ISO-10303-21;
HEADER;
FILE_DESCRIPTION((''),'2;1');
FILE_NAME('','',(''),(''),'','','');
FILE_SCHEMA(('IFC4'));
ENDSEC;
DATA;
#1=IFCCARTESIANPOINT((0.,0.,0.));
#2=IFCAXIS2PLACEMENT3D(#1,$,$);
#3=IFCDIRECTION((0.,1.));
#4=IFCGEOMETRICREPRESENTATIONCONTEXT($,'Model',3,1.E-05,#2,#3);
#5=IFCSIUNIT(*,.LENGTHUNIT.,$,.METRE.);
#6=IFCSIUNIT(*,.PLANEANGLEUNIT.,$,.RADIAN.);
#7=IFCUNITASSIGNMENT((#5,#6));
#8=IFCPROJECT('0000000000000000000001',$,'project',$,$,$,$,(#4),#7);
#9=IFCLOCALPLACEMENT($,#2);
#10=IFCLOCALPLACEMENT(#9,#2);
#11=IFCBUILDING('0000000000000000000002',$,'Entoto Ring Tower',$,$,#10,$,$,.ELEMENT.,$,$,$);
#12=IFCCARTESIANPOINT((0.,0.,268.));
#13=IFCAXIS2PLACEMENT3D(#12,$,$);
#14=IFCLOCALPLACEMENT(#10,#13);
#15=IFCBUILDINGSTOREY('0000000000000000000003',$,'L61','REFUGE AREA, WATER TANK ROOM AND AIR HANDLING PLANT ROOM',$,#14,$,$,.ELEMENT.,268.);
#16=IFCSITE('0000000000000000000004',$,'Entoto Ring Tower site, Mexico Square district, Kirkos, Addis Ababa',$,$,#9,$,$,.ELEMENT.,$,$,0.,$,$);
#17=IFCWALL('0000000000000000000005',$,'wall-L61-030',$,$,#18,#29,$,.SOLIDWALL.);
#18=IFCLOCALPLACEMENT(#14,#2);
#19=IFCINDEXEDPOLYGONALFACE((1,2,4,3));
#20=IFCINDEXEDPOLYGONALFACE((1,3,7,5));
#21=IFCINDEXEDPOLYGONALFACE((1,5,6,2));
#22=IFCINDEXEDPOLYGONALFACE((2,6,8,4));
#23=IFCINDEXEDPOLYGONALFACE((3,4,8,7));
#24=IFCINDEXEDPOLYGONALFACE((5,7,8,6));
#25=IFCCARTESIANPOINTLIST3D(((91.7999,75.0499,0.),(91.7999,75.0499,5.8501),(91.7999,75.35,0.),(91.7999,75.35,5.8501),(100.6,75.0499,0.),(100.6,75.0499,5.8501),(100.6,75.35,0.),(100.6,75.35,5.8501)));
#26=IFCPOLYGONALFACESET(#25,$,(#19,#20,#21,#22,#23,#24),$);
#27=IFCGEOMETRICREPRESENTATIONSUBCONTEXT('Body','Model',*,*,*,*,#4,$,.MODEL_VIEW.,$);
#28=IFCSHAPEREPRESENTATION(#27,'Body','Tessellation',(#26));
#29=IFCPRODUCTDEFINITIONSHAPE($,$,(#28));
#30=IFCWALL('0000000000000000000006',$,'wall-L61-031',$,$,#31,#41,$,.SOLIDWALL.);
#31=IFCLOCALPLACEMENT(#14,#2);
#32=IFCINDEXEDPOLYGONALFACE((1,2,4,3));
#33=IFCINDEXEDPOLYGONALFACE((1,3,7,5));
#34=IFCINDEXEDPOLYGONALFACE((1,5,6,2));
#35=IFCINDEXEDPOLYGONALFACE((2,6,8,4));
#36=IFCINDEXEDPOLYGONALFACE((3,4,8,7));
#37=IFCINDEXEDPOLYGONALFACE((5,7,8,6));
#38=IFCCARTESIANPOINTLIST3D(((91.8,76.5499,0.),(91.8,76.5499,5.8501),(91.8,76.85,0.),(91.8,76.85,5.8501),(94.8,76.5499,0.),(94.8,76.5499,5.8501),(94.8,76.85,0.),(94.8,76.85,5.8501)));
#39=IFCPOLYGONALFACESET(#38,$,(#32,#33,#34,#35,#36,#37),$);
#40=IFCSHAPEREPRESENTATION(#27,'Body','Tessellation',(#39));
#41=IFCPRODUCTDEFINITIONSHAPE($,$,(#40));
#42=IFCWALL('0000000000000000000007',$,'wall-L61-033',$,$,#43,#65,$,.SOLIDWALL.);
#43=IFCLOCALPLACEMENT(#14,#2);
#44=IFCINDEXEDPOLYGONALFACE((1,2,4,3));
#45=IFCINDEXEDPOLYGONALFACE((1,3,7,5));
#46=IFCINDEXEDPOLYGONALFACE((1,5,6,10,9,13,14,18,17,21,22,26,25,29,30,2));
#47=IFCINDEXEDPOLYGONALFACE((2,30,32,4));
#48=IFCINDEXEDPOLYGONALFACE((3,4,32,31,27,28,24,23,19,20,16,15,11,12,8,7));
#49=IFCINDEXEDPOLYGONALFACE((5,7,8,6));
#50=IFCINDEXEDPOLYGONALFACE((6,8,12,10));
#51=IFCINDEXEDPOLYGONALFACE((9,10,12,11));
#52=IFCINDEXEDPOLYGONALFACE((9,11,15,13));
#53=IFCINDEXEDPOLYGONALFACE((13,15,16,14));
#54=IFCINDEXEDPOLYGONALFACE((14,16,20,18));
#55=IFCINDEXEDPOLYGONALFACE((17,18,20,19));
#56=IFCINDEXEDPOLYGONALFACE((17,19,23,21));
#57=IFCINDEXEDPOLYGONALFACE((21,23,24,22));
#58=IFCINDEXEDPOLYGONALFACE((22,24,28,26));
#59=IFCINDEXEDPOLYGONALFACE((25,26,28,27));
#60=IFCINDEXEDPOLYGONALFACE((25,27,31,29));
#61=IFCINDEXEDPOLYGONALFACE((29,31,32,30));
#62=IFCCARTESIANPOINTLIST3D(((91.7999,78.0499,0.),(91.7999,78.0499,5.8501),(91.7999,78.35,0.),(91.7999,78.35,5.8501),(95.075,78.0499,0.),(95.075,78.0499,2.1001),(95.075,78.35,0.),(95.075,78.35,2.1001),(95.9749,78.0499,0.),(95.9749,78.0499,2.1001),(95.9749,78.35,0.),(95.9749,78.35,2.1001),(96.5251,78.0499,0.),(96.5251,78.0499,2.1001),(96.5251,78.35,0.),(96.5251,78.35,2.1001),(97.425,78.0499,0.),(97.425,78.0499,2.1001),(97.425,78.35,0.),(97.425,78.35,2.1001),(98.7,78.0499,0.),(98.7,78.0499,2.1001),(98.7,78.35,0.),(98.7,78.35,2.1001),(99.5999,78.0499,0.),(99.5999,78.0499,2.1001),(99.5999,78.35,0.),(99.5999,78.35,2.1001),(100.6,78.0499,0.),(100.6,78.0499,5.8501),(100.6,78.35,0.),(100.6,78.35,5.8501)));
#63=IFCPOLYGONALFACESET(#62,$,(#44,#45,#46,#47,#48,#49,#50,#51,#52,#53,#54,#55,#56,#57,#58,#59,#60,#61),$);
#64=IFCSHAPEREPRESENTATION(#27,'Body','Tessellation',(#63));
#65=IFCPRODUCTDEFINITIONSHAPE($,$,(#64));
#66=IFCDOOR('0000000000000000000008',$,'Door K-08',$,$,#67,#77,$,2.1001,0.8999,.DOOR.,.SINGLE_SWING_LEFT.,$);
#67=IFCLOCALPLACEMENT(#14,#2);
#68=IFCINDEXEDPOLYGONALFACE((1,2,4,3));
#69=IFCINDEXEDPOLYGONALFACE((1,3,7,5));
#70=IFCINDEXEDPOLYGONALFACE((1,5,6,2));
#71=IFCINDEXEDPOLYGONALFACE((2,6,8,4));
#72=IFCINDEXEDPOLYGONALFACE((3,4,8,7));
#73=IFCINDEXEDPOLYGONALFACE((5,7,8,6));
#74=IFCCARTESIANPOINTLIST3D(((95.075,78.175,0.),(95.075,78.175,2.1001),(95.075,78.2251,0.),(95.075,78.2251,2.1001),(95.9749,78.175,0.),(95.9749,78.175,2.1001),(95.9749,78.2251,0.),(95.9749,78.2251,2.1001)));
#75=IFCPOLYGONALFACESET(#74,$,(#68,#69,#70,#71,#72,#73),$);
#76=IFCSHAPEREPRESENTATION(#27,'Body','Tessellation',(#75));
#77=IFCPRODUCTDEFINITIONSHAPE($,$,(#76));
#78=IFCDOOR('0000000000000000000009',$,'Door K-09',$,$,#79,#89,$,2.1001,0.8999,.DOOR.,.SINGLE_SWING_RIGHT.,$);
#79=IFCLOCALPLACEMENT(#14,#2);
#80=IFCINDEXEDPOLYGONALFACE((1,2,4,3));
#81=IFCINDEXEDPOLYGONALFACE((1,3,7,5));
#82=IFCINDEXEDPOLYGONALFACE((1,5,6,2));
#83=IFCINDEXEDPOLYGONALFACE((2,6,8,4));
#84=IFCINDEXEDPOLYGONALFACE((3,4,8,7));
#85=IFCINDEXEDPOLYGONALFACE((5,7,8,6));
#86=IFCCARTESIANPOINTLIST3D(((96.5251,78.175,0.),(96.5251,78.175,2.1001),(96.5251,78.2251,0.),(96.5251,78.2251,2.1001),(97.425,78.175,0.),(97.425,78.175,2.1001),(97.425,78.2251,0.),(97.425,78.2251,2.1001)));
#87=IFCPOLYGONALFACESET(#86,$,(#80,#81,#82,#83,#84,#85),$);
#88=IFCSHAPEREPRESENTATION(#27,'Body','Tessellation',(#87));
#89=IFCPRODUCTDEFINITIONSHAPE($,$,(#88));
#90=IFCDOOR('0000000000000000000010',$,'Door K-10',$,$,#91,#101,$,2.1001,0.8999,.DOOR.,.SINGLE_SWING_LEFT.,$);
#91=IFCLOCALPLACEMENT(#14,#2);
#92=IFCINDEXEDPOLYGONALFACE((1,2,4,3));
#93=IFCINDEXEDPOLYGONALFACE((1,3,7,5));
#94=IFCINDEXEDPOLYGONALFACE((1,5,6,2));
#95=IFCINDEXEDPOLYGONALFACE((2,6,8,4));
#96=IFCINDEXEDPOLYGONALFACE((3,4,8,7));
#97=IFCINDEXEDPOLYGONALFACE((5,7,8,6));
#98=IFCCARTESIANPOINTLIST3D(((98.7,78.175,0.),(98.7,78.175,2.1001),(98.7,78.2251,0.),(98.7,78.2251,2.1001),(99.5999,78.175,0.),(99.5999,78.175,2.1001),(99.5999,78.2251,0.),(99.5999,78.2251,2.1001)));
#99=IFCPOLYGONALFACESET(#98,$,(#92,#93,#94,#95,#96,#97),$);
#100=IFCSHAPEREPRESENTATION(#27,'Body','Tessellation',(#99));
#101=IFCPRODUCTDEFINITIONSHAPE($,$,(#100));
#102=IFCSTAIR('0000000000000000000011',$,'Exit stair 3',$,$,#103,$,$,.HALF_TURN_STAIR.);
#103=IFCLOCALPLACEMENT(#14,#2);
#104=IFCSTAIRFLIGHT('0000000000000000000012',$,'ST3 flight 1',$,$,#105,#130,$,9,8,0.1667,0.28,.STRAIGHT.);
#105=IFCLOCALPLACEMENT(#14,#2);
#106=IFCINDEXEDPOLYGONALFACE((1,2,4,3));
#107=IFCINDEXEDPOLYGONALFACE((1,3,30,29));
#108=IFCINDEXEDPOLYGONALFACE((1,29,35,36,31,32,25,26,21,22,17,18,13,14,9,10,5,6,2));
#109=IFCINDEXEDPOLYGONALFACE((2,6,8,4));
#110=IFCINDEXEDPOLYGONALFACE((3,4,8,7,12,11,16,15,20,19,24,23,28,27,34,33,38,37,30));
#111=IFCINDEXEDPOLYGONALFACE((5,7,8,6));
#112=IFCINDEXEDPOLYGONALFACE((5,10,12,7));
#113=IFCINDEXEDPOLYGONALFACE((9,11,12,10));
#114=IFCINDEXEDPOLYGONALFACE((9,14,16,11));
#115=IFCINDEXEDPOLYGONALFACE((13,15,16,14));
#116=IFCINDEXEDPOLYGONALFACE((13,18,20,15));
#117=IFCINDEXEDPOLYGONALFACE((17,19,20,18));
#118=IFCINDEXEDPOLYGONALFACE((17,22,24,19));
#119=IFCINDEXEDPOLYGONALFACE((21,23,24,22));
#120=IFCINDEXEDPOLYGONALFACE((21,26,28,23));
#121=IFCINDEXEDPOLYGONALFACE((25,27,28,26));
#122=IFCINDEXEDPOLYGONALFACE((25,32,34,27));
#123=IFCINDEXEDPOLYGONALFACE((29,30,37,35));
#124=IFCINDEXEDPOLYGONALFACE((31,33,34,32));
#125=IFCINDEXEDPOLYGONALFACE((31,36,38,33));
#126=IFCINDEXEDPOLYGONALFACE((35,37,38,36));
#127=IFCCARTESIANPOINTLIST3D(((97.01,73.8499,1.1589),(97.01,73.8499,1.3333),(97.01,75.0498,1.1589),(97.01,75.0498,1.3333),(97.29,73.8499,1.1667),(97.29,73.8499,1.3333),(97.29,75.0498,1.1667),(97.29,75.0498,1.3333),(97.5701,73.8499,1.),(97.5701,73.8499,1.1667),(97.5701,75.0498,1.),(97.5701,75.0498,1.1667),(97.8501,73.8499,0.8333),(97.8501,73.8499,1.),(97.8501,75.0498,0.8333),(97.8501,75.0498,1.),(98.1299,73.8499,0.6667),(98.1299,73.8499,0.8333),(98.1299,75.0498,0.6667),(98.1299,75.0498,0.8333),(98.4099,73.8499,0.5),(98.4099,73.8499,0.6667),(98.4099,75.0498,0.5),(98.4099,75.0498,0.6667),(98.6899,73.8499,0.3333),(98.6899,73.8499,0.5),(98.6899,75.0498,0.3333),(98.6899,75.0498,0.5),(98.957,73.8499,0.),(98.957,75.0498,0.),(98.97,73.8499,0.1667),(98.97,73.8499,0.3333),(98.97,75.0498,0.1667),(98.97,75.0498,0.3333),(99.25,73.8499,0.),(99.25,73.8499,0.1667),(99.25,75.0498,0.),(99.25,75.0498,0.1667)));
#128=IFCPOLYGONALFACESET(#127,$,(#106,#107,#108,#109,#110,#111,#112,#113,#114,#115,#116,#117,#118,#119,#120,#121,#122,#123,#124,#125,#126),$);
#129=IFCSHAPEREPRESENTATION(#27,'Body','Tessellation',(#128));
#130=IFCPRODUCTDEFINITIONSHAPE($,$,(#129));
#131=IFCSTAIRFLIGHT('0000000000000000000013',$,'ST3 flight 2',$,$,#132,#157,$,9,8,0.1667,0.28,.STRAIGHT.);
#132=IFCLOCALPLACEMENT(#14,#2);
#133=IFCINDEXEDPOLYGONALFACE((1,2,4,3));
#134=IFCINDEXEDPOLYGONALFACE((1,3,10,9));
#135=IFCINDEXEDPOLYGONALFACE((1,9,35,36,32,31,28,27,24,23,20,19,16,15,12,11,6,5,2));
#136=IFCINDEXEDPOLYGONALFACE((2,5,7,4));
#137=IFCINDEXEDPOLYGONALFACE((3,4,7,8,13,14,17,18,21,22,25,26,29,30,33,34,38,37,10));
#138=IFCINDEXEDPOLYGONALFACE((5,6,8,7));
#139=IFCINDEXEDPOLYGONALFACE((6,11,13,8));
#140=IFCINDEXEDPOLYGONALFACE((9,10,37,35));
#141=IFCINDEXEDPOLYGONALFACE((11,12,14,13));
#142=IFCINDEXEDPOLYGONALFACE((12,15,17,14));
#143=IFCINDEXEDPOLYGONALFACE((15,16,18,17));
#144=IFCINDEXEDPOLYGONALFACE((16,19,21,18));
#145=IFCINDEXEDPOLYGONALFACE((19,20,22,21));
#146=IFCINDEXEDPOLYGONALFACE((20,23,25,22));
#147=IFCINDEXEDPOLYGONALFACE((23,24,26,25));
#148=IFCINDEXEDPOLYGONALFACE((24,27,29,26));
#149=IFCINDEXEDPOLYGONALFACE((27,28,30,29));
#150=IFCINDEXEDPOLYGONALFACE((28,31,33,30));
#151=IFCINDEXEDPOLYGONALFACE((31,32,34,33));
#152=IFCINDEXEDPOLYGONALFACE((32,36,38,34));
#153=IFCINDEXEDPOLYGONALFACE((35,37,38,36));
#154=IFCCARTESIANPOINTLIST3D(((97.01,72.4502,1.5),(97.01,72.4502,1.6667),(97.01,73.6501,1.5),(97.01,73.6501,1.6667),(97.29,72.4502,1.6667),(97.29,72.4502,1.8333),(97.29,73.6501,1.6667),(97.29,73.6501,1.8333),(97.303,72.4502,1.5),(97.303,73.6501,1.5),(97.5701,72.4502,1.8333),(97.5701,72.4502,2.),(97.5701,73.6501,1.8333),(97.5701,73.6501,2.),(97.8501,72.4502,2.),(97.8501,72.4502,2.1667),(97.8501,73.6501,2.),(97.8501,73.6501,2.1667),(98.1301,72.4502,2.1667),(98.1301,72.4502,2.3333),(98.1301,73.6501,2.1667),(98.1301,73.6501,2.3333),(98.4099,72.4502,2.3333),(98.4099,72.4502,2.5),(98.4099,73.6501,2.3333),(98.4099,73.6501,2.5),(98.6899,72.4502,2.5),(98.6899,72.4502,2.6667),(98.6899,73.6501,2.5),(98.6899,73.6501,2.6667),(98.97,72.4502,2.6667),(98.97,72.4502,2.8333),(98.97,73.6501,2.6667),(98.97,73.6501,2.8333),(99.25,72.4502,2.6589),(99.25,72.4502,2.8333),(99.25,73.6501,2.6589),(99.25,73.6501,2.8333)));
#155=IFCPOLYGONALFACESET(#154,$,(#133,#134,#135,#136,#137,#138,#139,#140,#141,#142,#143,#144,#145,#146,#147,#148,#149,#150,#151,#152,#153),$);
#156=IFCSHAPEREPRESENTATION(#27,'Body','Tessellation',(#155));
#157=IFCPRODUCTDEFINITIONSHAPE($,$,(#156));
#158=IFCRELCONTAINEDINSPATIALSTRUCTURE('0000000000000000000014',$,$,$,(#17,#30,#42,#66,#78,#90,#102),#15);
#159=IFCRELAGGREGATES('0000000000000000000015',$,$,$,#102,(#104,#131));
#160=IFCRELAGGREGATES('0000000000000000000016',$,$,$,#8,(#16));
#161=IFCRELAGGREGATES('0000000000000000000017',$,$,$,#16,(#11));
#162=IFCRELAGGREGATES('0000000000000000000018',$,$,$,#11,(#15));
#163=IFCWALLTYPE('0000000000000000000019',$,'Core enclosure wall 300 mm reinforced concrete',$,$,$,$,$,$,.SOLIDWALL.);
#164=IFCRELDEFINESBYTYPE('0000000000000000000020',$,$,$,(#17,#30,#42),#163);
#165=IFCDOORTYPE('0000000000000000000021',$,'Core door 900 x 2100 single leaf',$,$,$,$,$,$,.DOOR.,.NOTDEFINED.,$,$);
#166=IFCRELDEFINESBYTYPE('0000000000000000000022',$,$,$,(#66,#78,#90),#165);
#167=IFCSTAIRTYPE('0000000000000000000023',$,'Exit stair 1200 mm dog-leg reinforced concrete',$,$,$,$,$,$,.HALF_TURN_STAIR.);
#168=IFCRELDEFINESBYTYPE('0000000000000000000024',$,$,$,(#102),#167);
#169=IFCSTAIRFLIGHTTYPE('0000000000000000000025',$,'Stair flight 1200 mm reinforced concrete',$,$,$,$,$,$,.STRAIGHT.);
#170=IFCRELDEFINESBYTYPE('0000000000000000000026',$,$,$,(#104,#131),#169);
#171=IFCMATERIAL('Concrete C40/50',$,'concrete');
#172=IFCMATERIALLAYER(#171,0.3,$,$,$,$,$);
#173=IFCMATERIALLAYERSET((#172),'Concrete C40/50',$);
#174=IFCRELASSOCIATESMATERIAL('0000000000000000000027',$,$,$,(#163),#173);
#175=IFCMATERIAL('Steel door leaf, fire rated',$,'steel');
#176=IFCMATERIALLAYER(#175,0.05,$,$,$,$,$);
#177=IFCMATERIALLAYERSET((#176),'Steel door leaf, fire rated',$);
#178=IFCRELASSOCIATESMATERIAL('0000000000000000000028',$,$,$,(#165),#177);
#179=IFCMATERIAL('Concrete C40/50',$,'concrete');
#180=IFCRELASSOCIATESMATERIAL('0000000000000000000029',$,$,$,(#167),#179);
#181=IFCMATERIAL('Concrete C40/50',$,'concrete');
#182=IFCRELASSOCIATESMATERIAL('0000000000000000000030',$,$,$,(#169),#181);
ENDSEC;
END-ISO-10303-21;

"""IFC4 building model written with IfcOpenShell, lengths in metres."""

from ifc_helpers import new_model, si_unit, direction, frame, frame_2d, origin, place, context, subcontext, project, spatial, polyline, rectangle, outline, extrude, material, layer, layer_set, type_object, element, fill, aggregate, save


model = new_model("IFC4")

# Units and contexts
model_context = context("Model", 3, precision=1e-05, world=origin(), true_north=direction((0.0, 1.0)))
body_context = subcontext(model_context, "Body", "Model", "MODEL_VIEW")
ifc_project = project(units=[si_unit("LENGTHUNIT", "METRE"), si_unit("PLANEANGLEUNIT", "RADIAN")], contexts=[model_context])

# Site, building, storey
site_placement = place(None, origin())
site = spatial("IfcSite", under=ifc_project, at=site_placement, Name="Entoto Ring Tower site, Mexico Square district, Kirkos, Addis Ababa", CompositionType="ELEMENT", RefElevation=0.0)
building_placement = place(site_placement, origin())
building = spatial("IfcBuilding", under=site, at=building_placement, Name="Entoto Ring Tower", CompositionType="ELEMENT")
storey_placement = place(building_placement, frame((0.0, 0.0, 268.0)))
storey = spatial("IfcBuildingStorey", under=building, at=storey_placement, Name="L61", Description="REFUGE AREA, WATER TANK ROOM AND AIR HANDLING PLANT ROOM", CompositionType="ELEMENT", Elevation=268.0)

# Shared definitions
ifc_material_1 = material(Name="Concrete C40/50", Category="concrete")
ifc_layer_1 = layer(ifc_material_1, 0.3)
ifc_layer_set_1 = layer_set([ifc_layer_1], Name="Concrete C40/50")
wall_type = type_object("IfcWallType", Name="Core enclosure wall 300 mm reinforced concrete", PredefinedType="SOLIDWALL", material=ifc_layer_set_1)

# Walls
wall_1_placement = place(storey_placement, frame((91.8, 75.2, 0.0), z_axis=(0.0, 0.0, 1.0), x_axis=(1.0, 0.0, 0.0)))
element("IfcWall", 1, at=wall_1_placement, inside=storey, type_object=wall_type, Name="wall-L61-030", PredefinedType="SOLIDWALL", context=body_context, shape_type="SweptSolid", body=[
    extrude(rectangle(XDim=8.8, YDim=0.3, at=frame_2d((4.3999, 0.0))), origin(), (0.0, 0.0, 1.0), 5.8501),
])
wall_2_placement = place(storey_placement, frame((91.8, 76.7, 0.0), z_axis=(0.0, 0.0, 1.0), x_axis=(1.0, 0.0, 0.0)))
element("IfcWall", 2, at=wall_2_placement, inside=storey, type_object=wall_type, Name="wall-L61-031", PredefinedType="SOLIDWALL", context=body_context, shape_type="SweptSolid", body=[
    extrude(rectangle(XDim=3.0, YDim=0.3, at=frame_2d((1.5, 0.0))), origin(), (0.0, 0.0, 1.0), 5.8501),
])

# Wall, openings, doors
wall_3_placement = place(storey_placement, frame((91.8, 78.2, 0.0), z_axis=(0.0, 0.0, 1.0), x_axis=(1.0, 0.0, 0.0)))
wall_3 = element("IfcWall", 3, at=wall_3_placement, inside=storey, type_object=wall_type, Name="wall-L61-033", PredefinedType="SOLIDWALL", context=body_context, shape_type="SweptSolid", body=[
    extrude(rectangle(XDim=8.8, YDim=0.3, at=frame_2d((4.3999, 0.0))), origin(), (0.0, 0.0, 1.0), 5.8501),
])
opening_1_placement = place(wall_3_placement, frame((3.2749, 0.0, 0.0)))
opening_1 = element("IfcOpeningElement", 4, at=opening_1_placement, cuts=wall_3, PredefinedType="OPENING", context=body_context, shape_type="SweptSolid", body=[
    extrude(rectangle(XDim=0.8999, YDim=2.1001, at=frame_2d((0.45, 1.05))), frame((0.0, 0.1602, 0.0), z_axis=(0.0, -1.0, 0.0), x_axis=(1.0, 0.0, 0.0)), (0.0, 0.0, 1.0), 0.3201),
])
opening_2_placement = place(wall_3_placement, frame((4.7251, 0.0, 0.0)))
opening_2 = element("IfcOpeningElement", 5, at=opening_2_placement, cuts=wall_3, PredefinedType="OPENING", context=body_context, shape_type="SweptSolid", body=[
    extrude(rectangle(XDim=0.8999, YDim=2.1001, at=frame_2d((0.45, 1.05))), frame((0.0, 0.1602, 0.0), z_axis=(0.0, -1.0, 0.0), x_axis=(1.0, 0.0, 0.0)), (0.0, 0.0, 1.0), 0.3201),
])
opening_3_placement = place(wall_3_placement, frame((6.8999, 0.0, 0.0)))
opening_3 = element("IfcOpeningElement", 6, at=opening_3_placement, cuts=wall_3, PredefinedType="OPENING", context=body_context, shape_type="SweptSolid", body=[
    extrude(rectangle(XDim=0.8999, YDim=2.1001, at=frame_2d((0.45, 1.05))), frame((0.0, 0.1602, 0.0), z_axis=(0.0, -1.0, 0.0), x_axis=(1.0, 0.0, 0.0)), (0.0, 0.0, 1.0), 0.3201),
])
ifc_material_2 = material(Name="Steel door leaf, fire rated", Category="steel")
ifc_layer_2 = layer(ifc_material_2, 0.05)
ifc_layer_set_2 = layer_set([ifc_layer_2], Name="Steel door leaf, fire rated")
door_type_1 = type_object("IfcDoorType", Name="Core door 900 x 2100 single leaf", OperationType="NOTDEFINED", PredefinedType="DOOR", material=ifc_layer_set_2)
door_1_placement = place(opening_1_placement, frame((0.8999, 0.0, 0.0), z_axis=(0.0, 0.0, 1.0), x_axis=(-1.0, 0.0, 0.0)))
door_1 = element("IfcDoor", 7, at=door_1_placement, inside=storey, type_object=door_type_1, Name="Door K-08", OperationType="SINGLE_SWING_LEFT", OverallHeight=2.1001, OverallWidth=0.8999, PredefinedType="DOOR", context=body_context, shape_type="SweptSolid", body=[
    extrude(rectangle(XDim=0.8999, YDim=2.1001, at=frame_2d((0.45, 1.05))), frame((0.0, 0.0249, 0.0), z_axis=(0.0, -1.0, 0.0), x_axis=(1.0, 0.0, 0.0)), (0.0, 0.0, 1.0), 0.05),
])
fill(opening_1, door_1)
door_2_placement = place(opening_2_placement, frame((0.8999, 0.0, 0.0), z_axis=(0.0, 0.0, 1.0), x_axis=(-1.0, 0.0, 0.0)))
door_2 = element("IfcDoor", 8, at=door_2_placement, inside=storey, type_object=door_type_1, Name="Door K-09", OperationType="SINGLE_SWING_RIGHT", OverallHeight=2.1001, OverallWidth=0.8999, PredefinedType="DOOR", context=body_context, shape_type="SweptSolid", body=[
    extrude(rectangle(XDim=0.8999, YDim=2.1001, at=frame_2d((0.45, 1.05))), frame((0.0, 0.0249, 0.0), z_axis=(0.0, -1.0, 0.0), x_axis=(1.0, 0.0, 0.0)), (0.0, 0.0, 1.0), 0.05),
])
fill(opening_2, door_2)
door_3_placement = place(opening_3_placement, frame((0.8999, 0.0, 0.0), z_axis=(0.0, 0.0, 1.0), x_axis=(-1.0, 0.0, 0.0)))
door_3 = element("IfcDoor", 9, at=door_3_placement, inside=storey, type_object=door_type_1, Name="Door K-10", OperationType="SINGLE_SWING_LEFT", OverallHeight=2.1001, OverallWidth=0.8999, PredefinedType="DOOR", context=body_context, shape_type="SweptSolid", body=[
    extrude(rectangle(XDim=0.8999, YDim=2.1001, at=frame_2d((0.45, 1.05))), frame((0.0, 0.0249, 0.0), z_axis=(0.0, -1.0, 0.0), x_axis=(1.0, 0.0, 0.0)), (0.0, 0.0, 1.0), 0.05),
])
fill(opening_3, door_3)

# Stair, stair flights
ifc_material_3 = material(Name="Concrete C40/50", Category="concrete")
stair_type = type_object("IfcStairType", Name="Exit stair 1200 mm dog-leg reinforced concrete", PredefinedType="HALF_TURN_STAIR", material=ifc_material_3)
stair_placement = place(storey_placement, origin())
stair = element("IfcStair", 10, at=stair_placement, inside=storey, type_object=stair_type, Name="Exit stair 3", PredefinedType="HALF_TURN_STAIR")
ifc_material_4 = material(Name="Concrete C40/50", Category="concrete")
stair_flight_type = type_object("IfcStairFlightType", Name="Stair flight 1200 mm reinforced concrete", PredefinedType="STRAIGHT", material=ifc_material_4)
stair_flight_1_placement = place(storey_placement, frame((99.25, 74.45, 0.0), z_axis=(0.0, 0.0, 1.0), x_axis=(-1.0, 0.0, 0.0)))
stair_flight_1 = element("IfcStairFlight", 11, at=stair_flight_1_placement, type_object=stair_flight_type, Name="ST3 flight 1", NumberOfRisers=9, NumberOfTreads=8, PredefinedType="STRAIGHT", RiserHeight=0.1667, TreadLength=0.28, context=body_context, shape_type="SweptSolid", body=[
    extrude(outline(polyline([(0.0, 0.0), (0.0, 0.1667), (0.28, 0.1667), (0.28, 0.3333), (0.5601, 0.3333), (0.5601, 0.5), (0.8401, 0.5), (0.8401, 0.6667), (1.1201, 0.6667), (1.1201, 0.8333), (1.3999, 0.8333), (1.3999, 1.0), (1.6799, 1.0), (1.6799, 1.1667), (1.96, 1.1667), (1.96, 1.3333), (2.24, 1.3333), (2.24, 1.5), (2.24, 1.1589), (0.293, 0.0), (0.0, 0.0)])), frame((0.0, 0.6001, 0.0), z_axis=(0.0, -1.0, 0.0), x_axis=(1.0, 0.0, 0.0)), (0.0, 0.0, 1.0), 1.2),
])
stair_flight_2_placement = place(storey_placement, frame((97.01, 73.05, 1.5), z_axis=(0.0, 0.0, 1.0), x_axis=(1.0, 0.0, 0.0)))
stair_flight_2 = element("IfcStairFlight", 12, at=stair_flight_2_placement, type_object=stair_flight_type, Name="ST3 flight 2", NumberOfRisers=9, NumberOfTreads=8, PredefinedType="STRAIGHT", RiserHeight=0.1667, TreadLength=0.28, context=body_context, shape_type="SweptSolid", body=[
    extrude(outline(polyline([(0.0, 0.0), (0.0, 0.1667), (0.28, 0.1667), (0.28, 0.3333), (0.5601, 0.3333), (0.5601, 0.5), (0.8401, 0.5), (0.8401, 0.6667), (1.1201, 0.6667), (1.1201, 0.8333), (1.3999, 0.8333), (1.3999, 1.0), (1.6799, 1.0), (1.6799, 1.1667), (1.96, 1.1667), (1.96, 1.3333), (2.24, 1.3333), (2.24, 1.5), (2.24, 1.1589), (0.293, 0.0), (0.0, 0.0)])), frame((0.0, 0.6001, 0.0), z_axis=(0.0, -1.0, 0.0), x_axis=(1.0, 0.0, 0.0)), (0.0, 0.0, 1.0), 1.2),
])
aggregate(stair, [stair_flight_1, stair_flight_2])

save(model, "model.ifc")
